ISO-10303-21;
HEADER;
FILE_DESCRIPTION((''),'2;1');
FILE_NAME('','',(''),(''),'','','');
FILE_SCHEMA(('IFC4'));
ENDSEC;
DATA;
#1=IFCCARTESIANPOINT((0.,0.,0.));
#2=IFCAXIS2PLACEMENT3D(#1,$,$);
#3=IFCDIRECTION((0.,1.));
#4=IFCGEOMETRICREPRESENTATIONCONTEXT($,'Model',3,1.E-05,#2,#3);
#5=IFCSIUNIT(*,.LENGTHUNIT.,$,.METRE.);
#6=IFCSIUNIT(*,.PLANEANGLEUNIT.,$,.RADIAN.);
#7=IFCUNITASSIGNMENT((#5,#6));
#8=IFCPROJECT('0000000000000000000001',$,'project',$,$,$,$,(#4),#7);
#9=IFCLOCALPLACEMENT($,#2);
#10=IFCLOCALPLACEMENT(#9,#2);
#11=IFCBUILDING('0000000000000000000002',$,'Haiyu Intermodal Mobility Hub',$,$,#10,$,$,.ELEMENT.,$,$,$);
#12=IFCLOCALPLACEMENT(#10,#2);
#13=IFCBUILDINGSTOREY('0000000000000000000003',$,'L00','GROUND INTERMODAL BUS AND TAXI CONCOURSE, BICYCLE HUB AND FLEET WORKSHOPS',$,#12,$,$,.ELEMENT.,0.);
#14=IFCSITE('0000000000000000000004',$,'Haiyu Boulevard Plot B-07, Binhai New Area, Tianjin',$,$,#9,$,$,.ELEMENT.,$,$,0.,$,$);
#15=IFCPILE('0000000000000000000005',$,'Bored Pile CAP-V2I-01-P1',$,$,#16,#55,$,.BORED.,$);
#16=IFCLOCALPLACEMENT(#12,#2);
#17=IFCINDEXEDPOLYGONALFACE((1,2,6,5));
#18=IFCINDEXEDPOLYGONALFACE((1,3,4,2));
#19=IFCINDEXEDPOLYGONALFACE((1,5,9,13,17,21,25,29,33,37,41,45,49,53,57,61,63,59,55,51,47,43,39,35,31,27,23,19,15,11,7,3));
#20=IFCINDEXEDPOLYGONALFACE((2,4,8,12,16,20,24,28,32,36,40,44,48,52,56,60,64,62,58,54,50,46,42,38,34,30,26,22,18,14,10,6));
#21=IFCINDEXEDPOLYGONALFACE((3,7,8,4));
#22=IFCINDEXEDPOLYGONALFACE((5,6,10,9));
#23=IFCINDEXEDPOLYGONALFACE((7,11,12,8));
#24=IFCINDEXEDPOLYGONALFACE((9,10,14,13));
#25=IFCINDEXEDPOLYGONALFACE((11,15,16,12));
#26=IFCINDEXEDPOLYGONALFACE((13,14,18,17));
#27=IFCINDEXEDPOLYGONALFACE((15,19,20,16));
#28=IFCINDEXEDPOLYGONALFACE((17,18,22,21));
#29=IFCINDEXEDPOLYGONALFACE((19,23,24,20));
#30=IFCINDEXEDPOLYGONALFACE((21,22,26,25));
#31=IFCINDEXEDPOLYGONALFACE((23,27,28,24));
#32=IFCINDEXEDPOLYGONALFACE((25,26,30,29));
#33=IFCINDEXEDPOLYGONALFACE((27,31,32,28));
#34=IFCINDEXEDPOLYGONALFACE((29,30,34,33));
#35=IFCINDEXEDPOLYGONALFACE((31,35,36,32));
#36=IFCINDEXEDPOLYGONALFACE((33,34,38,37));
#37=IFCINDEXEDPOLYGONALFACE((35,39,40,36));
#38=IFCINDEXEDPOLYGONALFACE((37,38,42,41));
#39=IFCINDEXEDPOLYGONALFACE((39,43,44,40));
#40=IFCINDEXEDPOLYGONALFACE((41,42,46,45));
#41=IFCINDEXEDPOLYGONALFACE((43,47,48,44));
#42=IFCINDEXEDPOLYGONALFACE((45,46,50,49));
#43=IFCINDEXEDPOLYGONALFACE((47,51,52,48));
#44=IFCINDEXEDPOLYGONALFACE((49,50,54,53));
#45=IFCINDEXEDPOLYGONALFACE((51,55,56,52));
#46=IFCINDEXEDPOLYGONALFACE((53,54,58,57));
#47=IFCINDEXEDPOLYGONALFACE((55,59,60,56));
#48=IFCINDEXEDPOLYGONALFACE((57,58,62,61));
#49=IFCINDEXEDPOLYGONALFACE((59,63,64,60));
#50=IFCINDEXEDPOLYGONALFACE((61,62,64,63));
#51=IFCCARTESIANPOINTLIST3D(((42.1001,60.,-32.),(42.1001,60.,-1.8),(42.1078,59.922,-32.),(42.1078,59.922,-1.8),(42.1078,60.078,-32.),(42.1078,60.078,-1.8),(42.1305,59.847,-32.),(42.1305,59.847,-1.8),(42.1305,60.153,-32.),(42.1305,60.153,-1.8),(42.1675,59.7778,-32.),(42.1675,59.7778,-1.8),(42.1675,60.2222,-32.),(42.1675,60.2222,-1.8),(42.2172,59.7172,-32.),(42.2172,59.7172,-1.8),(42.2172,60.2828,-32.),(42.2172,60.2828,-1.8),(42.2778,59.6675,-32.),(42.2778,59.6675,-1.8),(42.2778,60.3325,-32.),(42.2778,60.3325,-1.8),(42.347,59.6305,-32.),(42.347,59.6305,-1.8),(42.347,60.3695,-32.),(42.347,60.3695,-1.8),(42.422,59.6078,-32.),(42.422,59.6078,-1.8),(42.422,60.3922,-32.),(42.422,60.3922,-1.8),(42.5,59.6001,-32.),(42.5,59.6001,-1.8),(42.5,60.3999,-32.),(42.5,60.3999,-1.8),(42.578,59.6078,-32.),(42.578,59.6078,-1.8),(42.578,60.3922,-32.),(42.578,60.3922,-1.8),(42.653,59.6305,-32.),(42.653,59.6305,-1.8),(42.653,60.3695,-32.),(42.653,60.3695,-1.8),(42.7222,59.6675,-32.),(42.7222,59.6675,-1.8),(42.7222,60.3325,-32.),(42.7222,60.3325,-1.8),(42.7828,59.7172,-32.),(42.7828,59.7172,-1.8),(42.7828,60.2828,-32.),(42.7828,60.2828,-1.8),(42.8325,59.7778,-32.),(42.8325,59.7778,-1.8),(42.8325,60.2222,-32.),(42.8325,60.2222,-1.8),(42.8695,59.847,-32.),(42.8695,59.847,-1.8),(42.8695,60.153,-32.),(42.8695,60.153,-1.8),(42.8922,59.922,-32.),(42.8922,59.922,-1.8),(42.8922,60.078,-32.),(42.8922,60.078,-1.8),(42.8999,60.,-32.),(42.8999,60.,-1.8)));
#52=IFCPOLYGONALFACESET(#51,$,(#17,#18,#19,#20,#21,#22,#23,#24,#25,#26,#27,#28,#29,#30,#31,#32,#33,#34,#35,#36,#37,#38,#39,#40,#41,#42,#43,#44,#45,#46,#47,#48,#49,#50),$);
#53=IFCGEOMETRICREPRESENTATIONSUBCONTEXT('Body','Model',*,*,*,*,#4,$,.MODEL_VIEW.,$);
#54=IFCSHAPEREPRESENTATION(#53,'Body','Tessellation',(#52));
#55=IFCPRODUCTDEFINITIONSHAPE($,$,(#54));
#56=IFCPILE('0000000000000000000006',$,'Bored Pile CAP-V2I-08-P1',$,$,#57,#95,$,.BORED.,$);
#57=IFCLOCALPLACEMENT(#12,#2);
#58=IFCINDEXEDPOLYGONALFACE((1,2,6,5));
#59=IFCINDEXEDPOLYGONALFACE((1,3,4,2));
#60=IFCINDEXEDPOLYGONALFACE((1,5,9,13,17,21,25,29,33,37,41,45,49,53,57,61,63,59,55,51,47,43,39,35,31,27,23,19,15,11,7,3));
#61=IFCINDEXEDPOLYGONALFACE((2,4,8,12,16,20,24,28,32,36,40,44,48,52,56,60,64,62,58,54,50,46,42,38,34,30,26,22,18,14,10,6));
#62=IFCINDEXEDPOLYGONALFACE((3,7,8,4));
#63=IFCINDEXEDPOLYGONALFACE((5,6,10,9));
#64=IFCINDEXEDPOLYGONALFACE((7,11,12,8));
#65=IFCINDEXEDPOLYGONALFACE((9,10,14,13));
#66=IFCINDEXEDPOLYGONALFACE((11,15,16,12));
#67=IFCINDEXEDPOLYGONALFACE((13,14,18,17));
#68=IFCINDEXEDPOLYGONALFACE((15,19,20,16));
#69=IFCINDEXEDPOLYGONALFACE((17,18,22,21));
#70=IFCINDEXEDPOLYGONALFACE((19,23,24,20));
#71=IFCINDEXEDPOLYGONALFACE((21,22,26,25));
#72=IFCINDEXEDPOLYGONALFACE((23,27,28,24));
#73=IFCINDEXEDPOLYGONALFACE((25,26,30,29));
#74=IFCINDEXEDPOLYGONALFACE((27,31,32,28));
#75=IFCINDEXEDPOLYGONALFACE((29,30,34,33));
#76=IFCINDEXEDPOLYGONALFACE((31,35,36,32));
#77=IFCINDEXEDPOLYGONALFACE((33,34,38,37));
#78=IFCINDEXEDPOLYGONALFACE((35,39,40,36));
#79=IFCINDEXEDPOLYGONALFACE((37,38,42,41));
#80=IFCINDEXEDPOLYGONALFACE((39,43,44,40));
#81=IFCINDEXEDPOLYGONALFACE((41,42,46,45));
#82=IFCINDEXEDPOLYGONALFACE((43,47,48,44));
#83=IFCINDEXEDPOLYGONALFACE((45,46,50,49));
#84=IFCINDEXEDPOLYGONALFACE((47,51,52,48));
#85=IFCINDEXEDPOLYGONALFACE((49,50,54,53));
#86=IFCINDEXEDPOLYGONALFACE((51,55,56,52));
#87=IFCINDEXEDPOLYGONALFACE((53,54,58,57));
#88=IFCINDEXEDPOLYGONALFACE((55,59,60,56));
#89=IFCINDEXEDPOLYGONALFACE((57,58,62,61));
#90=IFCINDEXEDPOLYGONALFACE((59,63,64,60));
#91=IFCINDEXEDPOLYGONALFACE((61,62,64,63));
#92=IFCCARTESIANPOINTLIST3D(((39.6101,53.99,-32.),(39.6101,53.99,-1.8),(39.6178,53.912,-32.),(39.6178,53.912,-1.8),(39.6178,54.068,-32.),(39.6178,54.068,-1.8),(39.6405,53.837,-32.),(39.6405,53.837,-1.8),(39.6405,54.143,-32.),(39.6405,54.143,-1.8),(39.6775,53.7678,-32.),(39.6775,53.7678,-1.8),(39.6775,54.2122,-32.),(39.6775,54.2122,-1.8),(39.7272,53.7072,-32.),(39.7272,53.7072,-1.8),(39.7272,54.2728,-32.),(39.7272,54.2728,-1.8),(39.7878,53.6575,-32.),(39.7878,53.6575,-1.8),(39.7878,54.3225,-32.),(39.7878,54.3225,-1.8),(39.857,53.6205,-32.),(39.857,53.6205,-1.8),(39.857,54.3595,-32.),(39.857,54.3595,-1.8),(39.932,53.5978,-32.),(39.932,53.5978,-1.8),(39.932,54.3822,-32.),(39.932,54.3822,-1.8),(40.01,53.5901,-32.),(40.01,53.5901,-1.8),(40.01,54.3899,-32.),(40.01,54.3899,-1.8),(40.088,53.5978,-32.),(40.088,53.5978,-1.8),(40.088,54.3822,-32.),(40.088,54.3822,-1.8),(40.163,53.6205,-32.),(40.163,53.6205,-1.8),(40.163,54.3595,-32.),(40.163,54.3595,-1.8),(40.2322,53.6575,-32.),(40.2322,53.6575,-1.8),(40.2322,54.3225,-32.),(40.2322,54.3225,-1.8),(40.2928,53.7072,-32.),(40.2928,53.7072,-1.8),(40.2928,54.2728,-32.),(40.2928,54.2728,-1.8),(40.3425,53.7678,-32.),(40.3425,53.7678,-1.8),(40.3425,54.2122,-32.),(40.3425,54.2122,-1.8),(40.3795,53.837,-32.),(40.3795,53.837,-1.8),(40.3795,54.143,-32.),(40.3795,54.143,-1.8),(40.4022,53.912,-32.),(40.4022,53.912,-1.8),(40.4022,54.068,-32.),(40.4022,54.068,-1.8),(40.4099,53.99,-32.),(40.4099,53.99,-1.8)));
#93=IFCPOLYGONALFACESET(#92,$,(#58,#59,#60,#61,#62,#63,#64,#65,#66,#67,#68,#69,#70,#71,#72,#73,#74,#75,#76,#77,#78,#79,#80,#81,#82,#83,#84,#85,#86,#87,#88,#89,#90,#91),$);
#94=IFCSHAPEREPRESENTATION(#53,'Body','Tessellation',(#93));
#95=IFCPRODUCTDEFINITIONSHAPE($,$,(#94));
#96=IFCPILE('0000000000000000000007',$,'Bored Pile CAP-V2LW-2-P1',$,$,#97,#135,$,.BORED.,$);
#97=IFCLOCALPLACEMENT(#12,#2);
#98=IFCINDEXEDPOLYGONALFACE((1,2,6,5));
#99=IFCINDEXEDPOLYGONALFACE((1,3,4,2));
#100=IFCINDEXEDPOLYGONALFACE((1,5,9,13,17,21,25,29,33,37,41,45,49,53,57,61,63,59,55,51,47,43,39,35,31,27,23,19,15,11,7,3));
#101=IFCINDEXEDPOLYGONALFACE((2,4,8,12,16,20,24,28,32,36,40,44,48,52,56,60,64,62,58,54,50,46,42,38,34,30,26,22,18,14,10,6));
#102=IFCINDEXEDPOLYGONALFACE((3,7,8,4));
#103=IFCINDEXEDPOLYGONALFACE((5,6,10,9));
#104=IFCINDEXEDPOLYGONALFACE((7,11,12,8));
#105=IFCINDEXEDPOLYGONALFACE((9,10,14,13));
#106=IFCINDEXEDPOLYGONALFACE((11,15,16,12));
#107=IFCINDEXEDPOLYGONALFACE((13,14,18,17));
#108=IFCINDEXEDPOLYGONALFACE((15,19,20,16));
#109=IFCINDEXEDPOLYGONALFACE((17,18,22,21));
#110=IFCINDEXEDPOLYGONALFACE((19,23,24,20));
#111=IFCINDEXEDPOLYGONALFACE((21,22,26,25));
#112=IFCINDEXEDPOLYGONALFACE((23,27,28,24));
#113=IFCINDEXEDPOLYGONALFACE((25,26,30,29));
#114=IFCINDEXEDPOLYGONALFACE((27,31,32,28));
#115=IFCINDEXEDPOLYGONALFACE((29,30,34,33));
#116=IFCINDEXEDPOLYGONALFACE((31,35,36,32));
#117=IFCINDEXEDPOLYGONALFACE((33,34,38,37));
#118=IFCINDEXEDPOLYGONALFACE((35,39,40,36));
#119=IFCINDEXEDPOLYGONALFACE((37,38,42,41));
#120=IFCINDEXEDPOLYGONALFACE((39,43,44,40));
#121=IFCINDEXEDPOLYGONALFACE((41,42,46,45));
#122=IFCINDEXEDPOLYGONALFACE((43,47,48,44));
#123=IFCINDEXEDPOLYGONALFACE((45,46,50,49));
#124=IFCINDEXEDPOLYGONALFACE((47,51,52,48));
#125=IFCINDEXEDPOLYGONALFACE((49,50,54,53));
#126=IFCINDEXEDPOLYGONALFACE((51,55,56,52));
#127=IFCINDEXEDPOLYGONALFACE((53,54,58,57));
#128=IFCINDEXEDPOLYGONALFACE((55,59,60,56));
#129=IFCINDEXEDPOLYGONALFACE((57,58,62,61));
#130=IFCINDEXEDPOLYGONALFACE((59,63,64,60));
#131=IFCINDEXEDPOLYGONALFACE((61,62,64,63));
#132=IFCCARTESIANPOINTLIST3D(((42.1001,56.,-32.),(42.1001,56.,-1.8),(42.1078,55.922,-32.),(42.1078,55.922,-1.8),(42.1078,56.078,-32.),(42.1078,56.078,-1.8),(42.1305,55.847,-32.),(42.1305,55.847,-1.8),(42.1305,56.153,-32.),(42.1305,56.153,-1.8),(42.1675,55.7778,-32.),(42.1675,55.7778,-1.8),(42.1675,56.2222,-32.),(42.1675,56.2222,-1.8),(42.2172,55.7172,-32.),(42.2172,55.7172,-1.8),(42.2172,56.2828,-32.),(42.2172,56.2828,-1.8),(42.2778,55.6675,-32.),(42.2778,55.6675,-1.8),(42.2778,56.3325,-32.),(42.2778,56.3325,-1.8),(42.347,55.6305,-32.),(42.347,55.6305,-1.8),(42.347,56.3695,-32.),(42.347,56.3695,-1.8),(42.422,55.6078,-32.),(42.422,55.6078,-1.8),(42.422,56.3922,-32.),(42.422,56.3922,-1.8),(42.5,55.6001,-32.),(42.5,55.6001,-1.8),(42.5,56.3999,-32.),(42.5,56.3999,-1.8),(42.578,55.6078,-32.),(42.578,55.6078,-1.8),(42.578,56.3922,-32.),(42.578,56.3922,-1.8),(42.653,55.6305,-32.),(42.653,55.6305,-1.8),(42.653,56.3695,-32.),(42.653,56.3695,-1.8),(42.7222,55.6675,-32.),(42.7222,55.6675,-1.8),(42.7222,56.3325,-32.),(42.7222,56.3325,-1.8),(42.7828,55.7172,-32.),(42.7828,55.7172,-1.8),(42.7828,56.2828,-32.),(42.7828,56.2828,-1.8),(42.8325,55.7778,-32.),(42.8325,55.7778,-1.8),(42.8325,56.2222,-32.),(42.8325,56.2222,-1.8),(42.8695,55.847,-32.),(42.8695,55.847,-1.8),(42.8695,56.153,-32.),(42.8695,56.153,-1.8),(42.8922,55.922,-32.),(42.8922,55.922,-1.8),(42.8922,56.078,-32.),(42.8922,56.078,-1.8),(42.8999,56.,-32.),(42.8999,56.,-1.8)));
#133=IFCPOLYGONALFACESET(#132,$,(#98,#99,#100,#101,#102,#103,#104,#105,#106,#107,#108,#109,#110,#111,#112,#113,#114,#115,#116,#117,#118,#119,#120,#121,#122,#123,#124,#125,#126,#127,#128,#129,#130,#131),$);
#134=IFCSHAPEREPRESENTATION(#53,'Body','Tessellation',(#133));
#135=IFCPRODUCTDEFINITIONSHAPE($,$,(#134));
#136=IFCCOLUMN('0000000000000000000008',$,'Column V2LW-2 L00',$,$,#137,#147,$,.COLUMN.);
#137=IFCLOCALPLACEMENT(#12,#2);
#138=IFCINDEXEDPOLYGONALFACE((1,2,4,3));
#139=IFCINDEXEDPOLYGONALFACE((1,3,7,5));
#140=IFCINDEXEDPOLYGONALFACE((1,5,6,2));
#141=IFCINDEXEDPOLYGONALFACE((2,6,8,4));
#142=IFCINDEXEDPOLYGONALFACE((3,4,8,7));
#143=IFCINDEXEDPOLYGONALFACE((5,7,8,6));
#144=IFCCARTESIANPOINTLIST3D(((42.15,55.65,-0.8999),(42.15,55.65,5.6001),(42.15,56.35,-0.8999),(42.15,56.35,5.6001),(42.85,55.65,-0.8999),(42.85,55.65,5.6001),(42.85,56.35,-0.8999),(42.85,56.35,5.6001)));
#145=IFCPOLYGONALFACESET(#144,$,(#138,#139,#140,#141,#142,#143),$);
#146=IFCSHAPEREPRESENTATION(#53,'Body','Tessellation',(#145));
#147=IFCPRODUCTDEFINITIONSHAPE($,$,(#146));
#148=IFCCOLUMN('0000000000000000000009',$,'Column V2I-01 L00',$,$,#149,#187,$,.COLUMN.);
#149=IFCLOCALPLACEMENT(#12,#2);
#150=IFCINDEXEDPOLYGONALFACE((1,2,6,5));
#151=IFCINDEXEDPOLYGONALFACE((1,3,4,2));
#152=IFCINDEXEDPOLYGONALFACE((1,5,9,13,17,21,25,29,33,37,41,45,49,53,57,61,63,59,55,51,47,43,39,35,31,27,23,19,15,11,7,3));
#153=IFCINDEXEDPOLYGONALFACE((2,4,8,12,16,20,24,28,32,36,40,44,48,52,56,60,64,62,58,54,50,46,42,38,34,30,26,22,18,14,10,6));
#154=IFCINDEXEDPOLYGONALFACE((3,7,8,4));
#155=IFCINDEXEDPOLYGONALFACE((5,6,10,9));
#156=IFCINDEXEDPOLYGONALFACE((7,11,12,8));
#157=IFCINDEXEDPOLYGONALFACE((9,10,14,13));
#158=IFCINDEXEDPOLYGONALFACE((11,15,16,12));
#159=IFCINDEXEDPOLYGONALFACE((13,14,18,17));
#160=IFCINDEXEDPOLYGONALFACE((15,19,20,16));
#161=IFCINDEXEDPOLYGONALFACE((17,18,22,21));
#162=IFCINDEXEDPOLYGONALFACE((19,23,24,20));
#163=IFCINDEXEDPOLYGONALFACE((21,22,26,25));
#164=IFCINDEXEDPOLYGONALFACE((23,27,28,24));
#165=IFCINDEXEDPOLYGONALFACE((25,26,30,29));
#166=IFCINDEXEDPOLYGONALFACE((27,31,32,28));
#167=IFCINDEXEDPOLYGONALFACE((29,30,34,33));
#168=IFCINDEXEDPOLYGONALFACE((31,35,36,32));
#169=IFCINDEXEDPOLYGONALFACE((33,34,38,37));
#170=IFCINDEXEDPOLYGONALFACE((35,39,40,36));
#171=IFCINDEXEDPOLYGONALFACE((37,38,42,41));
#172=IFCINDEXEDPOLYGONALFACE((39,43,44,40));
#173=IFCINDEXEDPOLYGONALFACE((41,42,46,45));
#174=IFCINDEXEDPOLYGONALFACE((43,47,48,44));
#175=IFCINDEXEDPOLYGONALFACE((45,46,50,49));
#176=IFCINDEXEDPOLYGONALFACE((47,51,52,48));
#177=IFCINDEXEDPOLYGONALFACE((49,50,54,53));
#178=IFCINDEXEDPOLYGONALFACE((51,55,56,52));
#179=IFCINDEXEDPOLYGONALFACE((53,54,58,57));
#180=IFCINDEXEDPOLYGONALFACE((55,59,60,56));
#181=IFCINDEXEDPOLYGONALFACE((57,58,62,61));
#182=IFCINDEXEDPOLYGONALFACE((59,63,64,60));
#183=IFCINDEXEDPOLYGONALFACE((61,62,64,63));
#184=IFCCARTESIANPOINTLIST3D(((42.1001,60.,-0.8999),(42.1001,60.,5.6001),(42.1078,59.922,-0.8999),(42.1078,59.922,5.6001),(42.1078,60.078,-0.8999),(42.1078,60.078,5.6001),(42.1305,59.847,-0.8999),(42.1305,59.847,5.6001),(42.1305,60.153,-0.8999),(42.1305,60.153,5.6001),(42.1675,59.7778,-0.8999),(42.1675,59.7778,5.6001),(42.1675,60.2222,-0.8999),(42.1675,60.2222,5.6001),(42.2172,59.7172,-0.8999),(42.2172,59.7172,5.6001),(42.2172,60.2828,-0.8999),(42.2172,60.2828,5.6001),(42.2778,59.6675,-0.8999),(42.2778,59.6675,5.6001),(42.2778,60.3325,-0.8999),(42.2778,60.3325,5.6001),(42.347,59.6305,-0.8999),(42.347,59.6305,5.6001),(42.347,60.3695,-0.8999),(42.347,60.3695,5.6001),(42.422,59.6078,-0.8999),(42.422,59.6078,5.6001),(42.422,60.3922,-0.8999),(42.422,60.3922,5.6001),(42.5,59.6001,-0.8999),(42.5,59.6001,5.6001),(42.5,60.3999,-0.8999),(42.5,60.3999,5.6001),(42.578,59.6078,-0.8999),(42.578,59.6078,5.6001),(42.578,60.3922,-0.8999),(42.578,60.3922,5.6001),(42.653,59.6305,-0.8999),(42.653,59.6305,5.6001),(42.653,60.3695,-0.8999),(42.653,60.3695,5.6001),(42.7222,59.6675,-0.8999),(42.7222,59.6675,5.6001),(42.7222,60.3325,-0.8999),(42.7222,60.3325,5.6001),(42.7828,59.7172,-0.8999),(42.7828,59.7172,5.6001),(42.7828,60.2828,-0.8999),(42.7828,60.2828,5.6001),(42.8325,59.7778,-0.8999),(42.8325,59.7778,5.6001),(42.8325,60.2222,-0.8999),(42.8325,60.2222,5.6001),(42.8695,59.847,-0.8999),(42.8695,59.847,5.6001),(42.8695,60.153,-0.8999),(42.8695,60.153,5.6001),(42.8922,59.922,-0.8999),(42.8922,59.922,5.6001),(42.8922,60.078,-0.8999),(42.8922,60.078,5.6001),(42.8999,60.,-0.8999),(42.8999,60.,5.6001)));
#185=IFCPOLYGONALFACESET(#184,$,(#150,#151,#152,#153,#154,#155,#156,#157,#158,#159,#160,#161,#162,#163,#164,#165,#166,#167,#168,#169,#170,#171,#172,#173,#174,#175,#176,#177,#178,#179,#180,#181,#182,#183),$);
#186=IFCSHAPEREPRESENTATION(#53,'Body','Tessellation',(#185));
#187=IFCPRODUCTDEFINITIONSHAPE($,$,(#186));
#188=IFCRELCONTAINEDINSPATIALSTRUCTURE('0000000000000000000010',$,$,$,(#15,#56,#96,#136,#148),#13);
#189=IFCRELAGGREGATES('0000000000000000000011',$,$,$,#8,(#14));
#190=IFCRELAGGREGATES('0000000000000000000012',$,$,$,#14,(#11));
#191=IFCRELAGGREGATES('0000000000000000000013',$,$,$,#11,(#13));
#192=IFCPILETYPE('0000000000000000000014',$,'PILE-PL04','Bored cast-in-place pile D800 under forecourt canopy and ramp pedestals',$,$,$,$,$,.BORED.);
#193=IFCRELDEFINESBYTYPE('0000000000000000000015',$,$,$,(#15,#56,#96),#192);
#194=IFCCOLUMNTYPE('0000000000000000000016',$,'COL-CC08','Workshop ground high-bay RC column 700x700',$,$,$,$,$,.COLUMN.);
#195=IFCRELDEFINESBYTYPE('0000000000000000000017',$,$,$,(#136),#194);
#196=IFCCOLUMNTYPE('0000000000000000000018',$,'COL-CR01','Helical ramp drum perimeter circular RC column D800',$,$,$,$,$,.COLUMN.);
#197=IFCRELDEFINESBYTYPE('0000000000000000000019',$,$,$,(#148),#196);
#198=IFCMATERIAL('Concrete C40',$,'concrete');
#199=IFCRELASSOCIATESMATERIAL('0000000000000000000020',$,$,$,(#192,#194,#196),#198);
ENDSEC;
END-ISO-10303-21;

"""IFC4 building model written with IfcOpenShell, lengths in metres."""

from ifc_helpers import new_model, si_unit, direction, frame, origin, origin_2d, place, context, subcontext, project, spatial, rectangle, circle, extrude, material, material_profile, profile_set, type_object, element, save


model = new_model("IFC4")

# Units and contexts
model_context = context("Model", 3, precision=1e-05, world=origin(), true_north=direction((0.0, 1.0)))
body_context = subcontext(model_context, "Body", "Model", "MODEL_VIEW")
ifc_project = project(units=[si_unit("LENGTHUNIT", "METRE"), si_unit("PLANEANGLEUNIT", "RADIAN")], contexts=[model_context])

# Site, building, storey
site_placement = place(None, origin())
site = spatial("IfcSite", under=ifc_project, at=site_placement, Name="Haiyu Boulevard Plot B-07, Binhai New Area, Tianjin", CompositionType="ELEMENT", RefElevation=0.0)
building_placement = place(site_placement, origin())
building = spatial("IfcBuilding", under=site, at=building_placement, Name="Haiyu Intermodal Mobility Hub", CompositionType="ELEMENT")
storey_placement = place(building_placement, origin())
storey = spatial("IfcBuildingStorey", under=building, at=storey_placement, Name="L00", Description="GROUND INTERMODAL BUS AND TAXI CONCOURSE, BICYCLE HUB AND FLEET WORKSHOPS", CompositionType="ELEMENT", Elevation=0.0)

# Shared definitions
ifc_material_1 = material(Name="Concrete C40", Category="concrete")

# Piles
ifc_material_profile_1 = material_profile(ifc_material_1, circle(Radius=0.3999, at=origin_2d()), Name="PILE-D800")
ifc_profile_set_1 = profile_set([ifc_material_profile_1], Name="Concrete C40")
pile_type = type_object("IfcPileType", Name="PILE-PL04", Description="Bored cast-in-place pile D800 under forecourt canopy and ramp pedestals", PredefinedType="BORED", material=ifc_profile_set_1)
for number, where, z_axis, x_axis, name in (
    (1, (42.5, 60.0, -1.8), (0.0, 0.0, -1.0), (1.0, 0.0, 0.0), "Bored Pile CAP-V2I-01-P1"),
    (2, (40.01, 53.99, -1.8), (0.0, 0.0, -1.0), (1.0, 0.0, 0.0), "Bored Pile CAP-V2I-08-P1"),
    (3, (42.5, 56.0, -1.8), (0.0, 0.0, -1.0), (1.0, 0.0, 0.0), "Bored Pile CAP-V2LW-2-P1"),
):
    element("IfcPile", number, at=place(storey_placement, frame(where, z_axis=z_axis, x_axis=x_axis)), inside=storey, type_object=pile_type, Name=name, PredefinedType="BORED", context=body_context, shape_type="SweptSolid", body=[
        extrude(circle(Radius=0.3999, at=origin_2d()), origin(), (0.0, 0.0, 1.0), 30.2),
    ])

# Columns
ifc_material_profile_2 = material_profile(ifc_material_1, rectangle(XDim=0.7, YDim=0.7, at=origin_2d()), Name="RC700x700")
ifc_profile_set_2 = profile_set([ifc_material_profile_2], Name="Concrete C40")
column_type_1 = type_object("IfcColumnType", Name="COL-CC08", Description="Workshop ground high-bay RC column 700x700", PredefinedType="COLUMN", material=ifc_profile_set_2)
column_placement = place(storey_placement, frame((42.5, 56.0, -0.8999), z_axis=(0.0, 0.0, 1.0), x_axis=(1.0, 0.0, 0.0)))
element("IfcColumn", 4, at=column_placement, inside=storey, type_object=column_type_1, Name="Column V2LW-2 L00", PredefinedType="COLUMN", context=body_context, shape_type="SweptSolid", body=[
    extrude(rectangle(XDim=0.7, YDim=0.7, at=origin_2d()), origin(), (0.0, 0.0, 1.0), 6.5),
])
ifc_material_profile_3 = material_profile(ifc_material_1, circle(Radius=0.3999, at=origin_2d()), Name="RCCOL-D800")
ifc_profile_set_3 = profile_set([ifc_material_profile_3], Name="Concrete C40")
column_type_2 = type_object("IfcColumnType", Name="COL-CR01", Description="Helical ramp drum perimeter circular RC column D800", PredefinedType="COLUMN", material=ifc_profile_set_3)
for number, where, z_axis, x_axis, name in (
    (5, (42.5, 60.0, -0.8999), (0.0, 0.0, 1.0), (1.0, 0.0, 0.0), "Column V2I-01 L00"),
):
    element("IfcColumn", number, at=place(storey_placement, frame(where, z_axis=z_axis, x_axis=x_axis)), inside=storey, type_object=column_type_2, Name=name, PredefinedType="COLUMN", context=body_context, shape_type="SweptSolid", body=[
        extrude(circle(Radius=0.3999, at=origin_2d()), origin(), (0.0, 0.0, 1.0), 6.5),
    ])

save(model, "model.ifc")
